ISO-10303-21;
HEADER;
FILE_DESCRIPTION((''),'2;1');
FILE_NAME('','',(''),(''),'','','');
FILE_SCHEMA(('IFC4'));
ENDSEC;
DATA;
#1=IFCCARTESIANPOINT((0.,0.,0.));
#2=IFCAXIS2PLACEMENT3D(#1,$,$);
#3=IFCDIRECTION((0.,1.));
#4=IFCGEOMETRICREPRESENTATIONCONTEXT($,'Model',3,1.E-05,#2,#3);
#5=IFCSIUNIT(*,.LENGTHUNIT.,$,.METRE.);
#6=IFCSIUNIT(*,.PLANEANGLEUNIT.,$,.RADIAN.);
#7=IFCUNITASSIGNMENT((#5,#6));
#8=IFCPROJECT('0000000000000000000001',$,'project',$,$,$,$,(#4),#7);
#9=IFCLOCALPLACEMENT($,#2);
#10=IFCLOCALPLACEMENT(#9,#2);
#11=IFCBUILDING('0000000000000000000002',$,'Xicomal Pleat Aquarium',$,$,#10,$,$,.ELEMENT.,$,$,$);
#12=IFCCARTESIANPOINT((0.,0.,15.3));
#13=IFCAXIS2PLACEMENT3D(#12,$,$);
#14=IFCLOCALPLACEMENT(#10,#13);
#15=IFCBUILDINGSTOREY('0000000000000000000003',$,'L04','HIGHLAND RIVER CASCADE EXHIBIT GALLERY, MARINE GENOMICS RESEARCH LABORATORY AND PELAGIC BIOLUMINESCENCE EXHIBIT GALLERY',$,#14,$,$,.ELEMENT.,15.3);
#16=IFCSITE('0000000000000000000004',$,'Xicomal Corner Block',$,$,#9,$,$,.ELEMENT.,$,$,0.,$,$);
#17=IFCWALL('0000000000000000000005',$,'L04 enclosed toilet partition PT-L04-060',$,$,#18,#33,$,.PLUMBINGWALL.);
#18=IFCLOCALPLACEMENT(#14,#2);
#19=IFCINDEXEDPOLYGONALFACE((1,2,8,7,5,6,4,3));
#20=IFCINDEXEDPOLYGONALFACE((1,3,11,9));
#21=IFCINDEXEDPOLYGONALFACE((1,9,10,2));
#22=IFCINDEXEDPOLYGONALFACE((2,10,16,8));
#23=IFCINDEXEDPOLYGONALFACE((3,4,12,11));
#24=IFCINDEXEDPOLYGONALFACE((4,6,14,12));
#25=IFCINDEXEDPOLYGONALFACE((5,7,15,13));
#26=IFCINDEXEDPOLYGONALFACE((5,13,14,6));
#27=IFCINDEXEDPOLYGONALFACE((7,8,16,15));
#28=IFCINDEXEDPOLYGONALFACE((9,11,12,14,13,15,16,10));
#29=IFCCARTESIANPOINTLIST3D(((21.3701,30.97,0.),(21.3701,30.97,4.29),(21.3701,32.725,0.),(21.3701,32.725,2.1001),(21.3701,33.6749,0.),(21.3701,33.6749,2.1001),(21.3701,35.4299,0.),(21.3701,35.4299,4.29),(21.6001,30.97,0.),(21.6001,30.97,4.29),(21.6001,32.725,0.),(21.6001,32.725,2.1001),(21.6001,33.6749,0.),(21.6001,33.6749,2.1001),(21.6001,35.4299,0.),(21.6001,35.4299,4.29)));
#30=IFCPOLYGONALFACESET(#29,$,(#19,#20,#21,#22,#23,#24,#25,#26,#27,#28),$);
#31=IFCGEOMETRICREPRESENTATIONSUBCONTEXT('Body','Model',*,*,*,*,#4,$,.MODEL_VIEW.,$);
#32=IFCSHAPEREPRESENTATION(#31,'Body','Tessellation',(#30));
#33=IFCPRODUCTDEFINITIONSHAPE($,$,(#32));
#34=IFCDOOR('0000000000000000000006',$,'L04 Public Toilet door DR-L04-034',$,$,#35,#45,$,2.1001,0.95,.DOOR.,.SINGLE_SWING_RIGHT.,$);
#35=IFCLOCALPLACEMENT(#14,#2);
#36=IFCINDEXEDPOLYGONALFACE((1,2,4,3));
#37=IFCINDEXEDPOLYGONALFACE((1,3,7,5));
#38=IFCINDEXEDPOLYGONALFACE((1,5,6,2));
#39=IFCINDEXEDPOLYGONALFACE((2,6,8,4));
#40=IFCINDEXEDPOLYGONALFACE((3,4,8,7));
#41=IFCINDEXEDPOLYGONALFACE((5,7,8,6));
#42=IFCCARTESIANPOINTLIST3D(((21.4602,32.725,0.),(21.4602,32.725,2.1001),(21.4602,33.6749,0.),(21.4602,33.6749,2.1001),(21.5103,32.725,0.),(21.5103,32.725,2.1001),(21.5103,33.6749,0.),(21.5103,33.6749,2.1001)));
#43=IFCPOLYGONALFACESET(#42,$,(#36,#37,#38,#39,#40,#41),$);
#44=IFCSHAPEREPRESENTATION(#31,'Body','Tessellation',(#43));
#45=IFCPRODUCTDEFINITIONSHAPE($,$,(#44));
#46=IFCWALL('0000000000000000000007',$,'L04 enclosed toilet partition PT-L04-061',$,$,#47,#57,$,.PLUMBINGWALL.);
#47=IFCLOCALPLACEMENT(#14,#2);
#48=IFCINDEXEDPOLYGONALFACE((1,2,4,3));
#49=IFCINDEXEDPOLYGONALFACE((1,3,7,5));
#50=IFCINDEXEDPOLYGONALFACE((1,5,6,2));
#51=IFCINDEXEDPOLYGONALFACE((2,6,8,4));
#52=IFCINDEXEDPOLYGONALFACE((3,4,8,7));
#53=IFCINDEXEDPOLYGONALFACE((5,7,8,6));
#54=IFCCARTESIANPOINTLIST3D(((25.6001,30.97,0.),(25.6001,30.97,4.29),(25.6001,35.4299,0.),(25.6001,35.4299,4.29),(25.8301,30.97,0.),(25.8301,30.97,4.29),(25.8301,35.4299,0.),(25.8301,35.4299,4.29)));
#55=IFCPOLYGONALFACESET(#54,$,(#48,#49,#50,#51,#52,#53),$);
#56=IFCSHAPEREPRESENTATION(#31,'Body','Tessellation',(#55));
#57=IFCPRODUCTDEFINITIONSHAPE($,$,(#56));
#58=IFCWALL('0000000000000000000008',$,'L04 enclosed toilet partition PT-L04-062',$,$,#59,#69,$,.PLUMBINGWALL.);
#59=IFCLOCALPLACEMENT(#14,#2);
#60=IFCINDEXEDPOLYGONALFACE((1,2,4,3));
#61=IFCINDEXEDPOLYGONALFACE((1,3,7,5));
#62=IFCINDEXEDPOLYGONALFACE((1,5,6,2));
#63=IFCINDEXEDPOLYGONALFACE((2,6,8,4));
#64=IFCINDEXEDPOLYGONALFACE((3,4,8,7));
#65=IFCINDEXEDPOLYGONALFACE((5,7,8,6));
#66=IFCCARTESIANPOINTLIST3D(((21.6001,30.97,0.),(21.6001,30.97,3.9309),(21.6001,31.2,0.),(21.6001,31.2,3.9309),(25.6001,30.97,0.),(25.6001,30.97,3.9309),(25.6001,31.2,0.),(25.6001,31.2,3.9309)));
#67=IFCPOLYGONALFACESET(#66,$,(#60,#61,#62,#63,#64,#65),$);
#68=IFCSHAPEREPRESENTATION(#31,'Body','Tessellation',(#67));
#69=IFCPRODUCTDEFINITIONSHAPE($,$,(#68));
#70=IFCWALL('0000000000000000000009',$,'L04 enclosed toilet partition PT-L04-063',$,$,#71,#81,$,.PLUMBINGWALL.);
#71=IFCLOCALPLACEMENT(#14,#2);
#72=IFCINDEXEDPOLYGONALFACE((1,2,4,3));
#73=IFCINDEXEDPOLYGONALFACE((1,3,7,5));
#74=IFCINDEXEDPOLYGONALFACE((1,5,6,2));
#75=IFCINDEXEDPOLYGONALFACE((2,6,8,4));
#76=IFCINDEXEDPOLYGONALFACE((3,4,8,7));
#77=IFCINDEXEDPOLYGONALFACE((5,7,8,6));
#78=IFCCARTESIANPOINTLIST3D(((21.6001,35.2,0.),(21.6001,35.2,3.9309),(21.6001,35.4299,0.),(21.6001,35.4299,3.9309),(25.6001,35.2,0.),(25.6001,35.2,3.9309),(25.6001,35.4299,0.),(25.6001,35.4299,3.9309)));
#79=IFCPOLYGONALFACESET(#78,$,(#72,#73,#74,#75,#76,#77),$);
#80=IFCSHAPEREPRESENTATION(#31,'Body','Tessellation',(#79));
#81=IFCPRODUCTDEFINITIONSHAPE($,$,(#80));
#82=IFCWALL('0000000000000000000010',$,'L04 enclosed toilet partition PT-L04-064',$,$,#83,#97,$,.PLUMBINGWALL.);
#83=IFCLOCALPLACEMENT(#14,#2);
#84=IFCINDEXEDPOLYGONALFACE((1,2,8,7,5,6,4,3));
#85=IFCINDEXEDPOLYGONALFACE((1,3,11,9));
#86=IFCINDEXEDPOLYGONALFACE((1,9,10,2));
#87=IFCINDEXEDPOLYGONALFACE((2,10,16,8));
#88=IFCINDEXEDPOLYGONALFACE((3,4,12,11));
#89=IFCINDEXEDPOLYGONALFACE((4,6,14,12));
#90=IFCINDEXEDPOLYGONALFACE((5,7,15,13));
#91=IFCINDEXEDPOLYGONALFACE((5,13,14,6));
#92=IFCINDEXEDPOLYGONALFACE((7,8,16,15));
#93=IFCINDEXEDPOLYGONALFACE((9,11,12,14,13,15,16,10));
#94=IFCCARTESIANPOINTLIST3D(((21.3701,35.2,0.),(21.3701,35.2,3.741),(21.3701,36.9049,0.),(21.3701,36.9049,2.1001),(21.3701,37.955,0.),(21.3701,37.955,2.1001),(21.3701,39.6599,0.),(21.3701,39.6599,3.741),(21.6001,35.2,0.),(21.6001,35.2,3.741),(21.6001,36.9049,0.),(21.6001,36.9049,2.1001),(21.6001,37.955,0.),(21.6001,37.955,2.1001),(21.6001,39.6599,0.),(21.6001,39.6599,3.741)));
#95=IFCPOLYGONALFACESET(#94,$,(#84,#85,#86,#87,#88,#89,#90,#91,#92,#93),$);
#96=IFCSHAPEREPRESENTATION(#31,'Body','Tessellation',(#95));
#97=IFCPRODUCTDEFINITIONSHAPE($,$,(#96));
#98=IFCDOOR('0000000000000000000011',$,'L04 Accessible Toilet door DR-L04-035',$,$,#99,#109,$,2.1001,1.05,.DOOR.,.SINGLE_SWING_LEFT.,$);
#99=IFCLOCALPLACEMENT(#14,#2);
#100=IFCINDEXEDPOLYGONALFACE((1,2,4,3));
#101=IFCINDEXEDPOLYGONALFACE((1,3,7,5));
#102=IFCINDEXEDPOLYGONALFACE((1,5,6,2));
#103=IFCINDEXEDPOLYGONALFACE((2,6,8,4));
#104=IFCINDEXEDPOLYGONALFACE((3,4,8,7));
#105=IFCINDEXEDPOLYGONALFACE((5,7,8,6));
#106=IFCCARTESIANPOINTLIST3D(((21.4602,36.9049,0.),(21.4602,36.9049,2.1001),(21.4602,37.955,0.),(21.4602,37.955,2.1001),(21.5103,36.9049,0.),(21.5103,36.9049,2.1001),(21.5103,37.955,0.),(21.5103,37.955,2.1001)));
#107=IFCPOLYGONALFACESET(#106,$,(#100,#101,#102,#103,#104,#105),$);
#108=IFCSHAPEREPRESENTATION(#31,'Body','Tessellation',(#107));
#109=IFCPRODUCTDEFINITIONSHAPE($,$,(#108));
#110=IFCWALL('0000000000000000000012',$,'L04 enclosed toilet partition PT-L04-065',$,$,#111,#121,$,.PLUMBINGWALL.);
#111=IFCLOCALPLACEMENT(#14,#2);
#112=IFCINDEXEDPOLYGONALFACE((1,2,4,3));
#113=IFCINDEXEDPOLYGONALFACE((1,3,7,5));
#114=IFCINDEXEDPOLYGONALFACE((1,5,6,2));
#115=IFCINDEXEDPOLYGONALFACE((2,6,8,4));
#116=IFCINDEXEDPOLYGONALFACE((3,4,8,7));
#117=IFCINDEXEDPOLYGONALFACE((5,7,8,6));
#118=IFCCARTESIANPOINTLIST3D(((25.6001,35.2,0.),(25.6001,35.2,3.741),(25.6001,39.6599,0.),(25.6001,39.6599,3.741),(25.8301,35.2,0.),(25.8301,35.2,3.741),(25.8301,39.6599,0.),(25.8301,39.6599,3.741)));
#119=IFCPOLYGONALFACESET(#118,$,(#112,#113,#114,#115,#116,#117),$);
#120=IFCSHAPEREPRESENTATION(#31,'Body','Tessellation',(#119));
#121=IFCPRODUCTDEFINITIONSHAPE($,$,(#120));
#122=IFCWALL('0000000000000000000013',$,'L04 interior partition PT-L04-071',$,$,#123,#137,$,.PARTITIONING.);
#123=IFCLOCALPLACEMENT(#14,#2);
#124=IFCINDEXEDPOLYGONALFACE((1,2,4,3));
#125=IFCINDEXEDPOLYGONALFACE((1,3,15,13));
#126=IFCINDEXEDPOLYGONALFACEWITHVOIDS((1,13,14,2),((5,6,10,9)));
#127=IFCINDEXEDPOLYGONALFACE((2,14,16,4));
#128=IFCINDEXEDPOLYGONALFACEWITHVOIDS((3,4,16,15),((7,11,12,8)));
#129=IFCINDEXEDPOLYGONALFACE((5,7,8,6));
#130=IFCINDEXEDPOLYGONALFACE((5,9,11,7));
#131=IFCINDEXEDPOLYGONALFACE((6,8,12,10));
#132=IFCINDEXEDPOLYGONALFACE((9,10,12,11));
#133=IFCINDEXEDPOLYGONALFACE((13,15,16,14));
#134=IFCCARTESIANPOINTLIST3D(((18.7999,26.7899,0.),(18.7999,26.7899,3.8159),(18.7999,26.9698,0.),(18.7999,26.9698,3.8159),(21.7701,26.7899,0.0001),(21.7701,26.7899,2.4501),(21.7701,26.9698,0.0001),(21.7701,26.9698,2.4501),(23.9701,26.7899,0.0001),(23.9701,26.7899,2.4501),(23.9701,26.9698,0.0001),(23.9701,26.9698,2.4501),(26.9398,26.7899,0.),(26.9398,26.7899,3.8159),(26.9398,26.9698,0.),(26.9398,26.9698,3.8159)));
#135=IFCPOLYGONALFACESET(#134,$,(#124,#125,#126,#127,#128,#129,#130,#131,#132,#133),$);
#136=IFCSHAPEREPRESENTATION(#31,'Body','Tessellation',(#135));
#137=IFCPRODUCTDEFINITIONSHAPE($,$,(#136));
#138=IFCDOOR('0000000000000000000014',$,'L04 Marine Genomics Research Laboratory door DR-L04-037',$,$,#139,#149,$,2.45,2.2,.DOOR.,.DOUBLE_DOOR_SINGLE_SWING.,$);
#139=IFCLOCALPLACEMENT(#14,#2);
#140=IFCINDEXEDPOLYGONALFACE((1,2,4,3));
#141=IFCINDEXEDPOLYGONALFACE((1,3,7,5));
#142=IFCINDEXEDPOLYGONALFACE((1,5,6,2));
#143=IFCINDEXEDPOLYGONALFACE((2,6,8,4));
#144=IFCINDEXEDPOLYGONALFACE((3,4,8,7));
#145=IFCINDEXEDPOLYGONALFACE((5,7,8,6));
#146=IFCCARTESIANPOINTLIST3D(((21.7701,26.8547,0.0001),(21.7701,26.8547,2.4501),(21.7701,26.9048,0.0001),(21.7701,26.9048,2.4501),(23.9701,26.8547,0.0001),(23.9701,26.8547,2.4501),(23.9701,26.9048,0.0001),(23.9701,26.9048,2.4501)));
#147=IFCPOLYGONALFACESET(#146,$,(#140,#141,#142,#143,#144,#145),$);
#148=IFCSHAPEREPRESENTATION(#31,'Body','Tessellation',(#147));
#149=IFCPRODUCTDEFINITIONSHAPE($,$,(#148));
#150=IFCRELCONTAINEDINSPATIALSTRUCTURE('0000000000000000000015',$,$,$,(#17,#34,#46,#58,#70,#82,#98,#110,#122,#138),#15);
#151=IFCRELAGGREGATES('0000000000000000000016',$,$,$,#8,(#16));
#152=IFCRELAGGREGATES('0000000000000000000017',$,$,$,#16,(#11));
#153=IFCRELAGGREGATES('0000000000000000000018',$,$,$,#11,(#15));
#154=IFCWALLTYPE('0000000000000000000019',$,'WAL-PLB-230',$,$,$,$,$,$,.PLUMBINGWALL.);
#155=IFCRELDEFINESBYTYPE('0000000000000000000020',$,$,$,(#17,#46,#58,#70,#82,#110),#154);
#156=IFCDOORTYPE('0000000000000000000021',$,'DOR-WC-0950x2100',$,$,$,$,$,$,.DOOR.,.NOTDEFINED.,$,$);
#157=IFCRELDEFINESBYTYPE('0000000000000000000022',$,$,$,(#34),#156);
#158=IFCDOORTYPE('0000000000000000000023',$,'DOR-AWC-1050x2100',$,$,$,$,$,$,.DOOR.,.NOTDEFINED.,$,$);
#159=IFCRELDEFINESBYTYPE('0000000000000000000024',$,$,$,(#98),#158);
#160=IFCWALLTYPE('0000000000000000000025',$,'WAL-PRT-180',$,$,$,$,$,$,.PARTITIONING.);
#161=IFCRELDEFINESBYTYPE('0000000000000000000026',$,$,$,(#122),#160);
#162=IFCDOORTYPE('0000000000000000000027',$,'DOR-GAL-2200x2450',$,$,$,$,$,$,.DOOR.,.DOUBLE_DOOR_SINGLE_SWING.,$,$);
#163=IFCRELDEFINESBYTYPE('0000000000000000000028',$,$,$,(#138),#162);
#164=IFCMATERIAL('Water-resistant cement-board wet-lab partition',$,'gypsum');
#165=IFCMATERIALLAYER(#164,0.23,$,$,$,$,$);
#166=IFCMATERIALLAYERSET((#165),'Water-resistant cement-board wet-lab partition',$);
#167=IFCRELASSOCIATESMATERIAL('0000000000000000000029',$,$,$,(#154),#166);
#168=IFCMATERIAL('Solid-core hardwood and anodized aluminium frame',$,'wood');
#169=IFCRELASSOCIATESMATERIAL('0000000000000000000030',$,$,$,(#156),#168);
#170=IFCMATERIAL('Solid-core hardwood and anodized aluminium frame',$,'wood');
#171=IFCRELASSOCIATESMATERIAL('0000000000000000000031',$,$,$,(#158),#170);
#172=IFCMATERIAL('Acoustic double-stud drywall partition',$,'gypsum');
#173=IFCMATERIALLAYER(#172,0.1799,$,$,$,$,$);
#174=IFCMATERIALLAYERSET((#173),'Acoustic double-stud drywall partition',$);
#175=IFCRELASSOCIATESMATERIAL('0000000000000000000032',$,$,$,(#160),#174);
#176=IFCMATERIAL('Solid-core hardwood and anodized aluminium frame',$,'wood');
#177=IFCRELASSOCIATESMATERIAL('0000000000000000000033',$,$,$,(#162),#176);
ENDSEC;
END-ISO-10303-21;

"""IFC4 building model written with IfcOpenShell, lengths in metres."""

from ifc_helpers import new_model, si_unit, direction, frame, frame_2d, origin, place, context, subcontext, project, spatial, rectangle, extrude, material, layer, layer_set, type_object, element, fill, save


model = new_model("IFC4")

# Units and contexts
model_context = context("Model", 3, precision=1e-05, world=origin(), true_north=direction((0.0, 1.0)))
body_context = subcontext(model_context, "Body", "Model", "MODEL_VIEW")
ifc_project = project(units=[si_unit("LENGTHUNIT", "METRE"), si_unit("PLANEANGLEUNIT", "RADIAN")], contexts=[model_context])

# Site, building, storey
site_placement = place(None, origin())
site = spatial("IfcSite", under=ifc_project, at=site_placement, Name="Xicomal Corner Block", CompositionType="ELEMENT", RefElevation=0.0)
building_placement = place(site_placement, origin())
building = spatial("IfcBuilding", under=site, at=building_placement, Name="Xicomal Pleat Aquarium", CompositionType="ELEMENT")
storey_placement = place(building_placement, frame((0.0, 0.0, 15.3)))
storey = spatial("IfcBuildingStorey", under=building, at=storey_placement, Name="L04", Description="HIGHLAND RIVER CASCADE EXHIBIT GALLERY, MARINE GENOMICS RESEARCH LABORATORY AND PELAGIC BIOLUMINESCENCE EXHIBIT GALLERY", CompositionType="ELEMENT", Elevation=15.3)

# Wall, opening, door
ifc_material_1 = material(Name="Water-resistant cement-board wet-lab partition", Category="gypsum")
ifc_layer_1 = layer(ifc_material_1, 0.23)
ifc_layer_set_1 = layer_set([ifc_layer_1], Name="Water-resistant cement-board wet-lab partition")
wall_type_1 = type_object("IfcWallType", Name="WAL-PLB-230", PredefinedType="PLUMBINGWALL", material=ifc_layer_set_1)
wall_1_placement = place(storey_placement, frame((21.4851, 30.97, 0.0), z_axis=(0.0, 0.0, 1.0), x_axis=(0.0, 1.0, 0.0)))
wall_1 = element("IfcWall", 1, at=wall_1_placement, inside=storey, type_object=wall_type_1, Name="L04 enclosed toilet partition PT-L04-060", PredefinedType="PLUMBINGWALL", context=body_context, shape_type="SweptSolid", body=[
    extrude(rectangle(XDim=4.46, YDim=0.23, at=frame_2d((2.23, 0.0))), origin(), (0.0, 0.0, 1.0), 4.29),
])
opening_1_placement = place(wall_1_placement, frame((1.7549, 0.0, 0.0)))
opening_1 = element("IfcOpeningElement", 2, at=opening_1_placement, cuts=wall_1, PredefinedType="OPENING", context=body_context, shape_type="SweptSolid", body=[
    extrude(rectangle(XDim=0.95, YDim=2.1001, at=frame_2d((0.4751, 1.05))), frame((0.0, 0.125, 0.0), z_axis=(0.0, -1.0, 0.0), x_axis=(1.0, 0.0, 0.0)), (0.0, 0.0, 1.0), 0.25),
])
ifc_material_2 = material(Name="Solid-core hardwood and anodized aluminium frame", Category="wood")
door_type_1 = type_object("IfcDoorType", Name="DOR-WC-0950x2100", OperationType="NOTDEFINED", PredefinedType="DOOR", material=ifc_material_2)
door_1_placement = place(opening_1_placement, origin())
door_1 = element("IfcDoor", 3, at=door_1_placement, inside=storey, type_object=door_type_1, Name="L04 Public Toilet door DR-L04-034", OperationType="SINGLE_SWING_RIGHT", OverallHeight=2.1001, OverallWidth=0.95, PredefinedType="DOOR", context=body_context, shape_type="SweptSolid", body=[
    extrude(rectangle(XDim=0.95, YDim=2.1001, at=frame_2d((0.4751, 1.05))), frame((0.0, 0.0249, 0.0), z_axis=(0.0, -1.0, 0.0), x_axis=(1.0, 0.0, 0.0)), (0.0, 0.0, 1.0), 0.05),
])
fill(opening_1, door_1)

# Walls
wall_2_placement = place(storey_placement, frame((25.7151, 30.97, 0.0), z_axis=(0.0, 0.0, 1.0), x_axis=(0.0, 1.0, 0.0)))
element("IfcWall", 4, at=wall_2_placement, inside=storey, type_object=wall_type_1, Name="L04 enclosed toilet partition PT-L04-061", PredefinedType="PLUMBINGWALL", context=body_context, shape_type="SweptSolid", body=[
    extrude(rectangle(XDim=4.46, YDim=0.23, at=frame_2d((2.23, 0.0))), origin(), (0.0, 0.0, 1.0), 4.29),
])
for number, where, z_axis, x_axis, name in (
    (5, (21.6001, 31.085, 0.0), (0.0, 0.0, 1.0), (1.0, 0.0, 0.0), "L04 enclosed toilet partition PT-L04-062"),
    (6, (21.6001, 35.3149, 0.0), (0.0, 0.0, 1.0), (1.0, 0.0, 0.0), "L04 enclosed toilet partition PT-L04-063"),
):
    element("IfcWall", number, at=place(storey_placement, frame(where, z_axis=z_axis, x_axis=x_axis)), inside=storey, type_object=wall_type_1, Name=name, PredefinedType="PLUMBINGWALL", context=body_context, shape_type="SweptSolid", body=[
        extrude(rectangle(XDim=4.0, YDim=0.23, at=frame_2d((2.0, 0.0))), origin(), (0.0, 0.0, 1.0), 3.9309),
    ])

# Wall, opening, door
wall_3_placement = place(storey_placement, frame((21.4851, 35.2, 0.0), z_axis=(0.0, 0.0, 1.0), x_axis=(0.0, 1.0, 0.0)))
wall_3 = element("IfcWall", 7, at=wall_3_placement, inside=storey, type_object=wall_type_1, Name="L04 enclosed toilet partition PT-L04-064", PredefinedType="PLUMBINGWALL", context=body_context, shape_type="SweptSolid", body=[
    extrude(rectangle(XDim=4.46, YDim=0.23, at=frame_2d((2.23, 0.0))), origin(), (0.0, 0.0, 1.0), 3.741),
])
opening_2_placement = place(wall_3_placement, frame((1.7051, 0.0, 0.0)))
opening_2 = element("IfcOpeningElement", 8, at=opening_2_placement, cuts=wall_3, PredefinedType="OPENING", context=body_context, shape_type="SweptSolid", body=[
    extrude(rectangle(XDim=1.05, YDim=2.1001, at=frame_2d((0.5249, 1.05))), frame((0.0, 0.125, 0.0), z_axis=(0.0, -1.0, 0.0), x_axis=(1.0, 0.0, 0.0)), (0.0, 0.0, 1.0), 0.25),
])
ifc_material_3 = material(Name="Solid-core hardwood and anodized aluminium frame", Category="wood")
door_type_2 = type_object("IfcDoorType", Name="DOR-AWC-1050x2100", OperationType="NOTDEFINED", PredefinedType="DOOR", material=ifc_material_3)
door_2_placement = place(opening_2_placement, origin())
door_2 = element("IfcDoor", 9, at=door_2_placement, inside=storey, type_object=door_type_2, Name="L04 Accessible Toilet door DR-L04-035", OperationType="SINGLE_SWING_LEFT", OverallHeight=2.1001, OverallWidth=1.05, PredefinedType="DOOR", context=body_context, shape_type="SweptSolid", body=[
    extrude(rectangle(XDim=1.05, YDim=2.1001, at=frame_2d((0.5249, 1.05))), frame((0.0, 0.0249, 0.0), z_axis=(0.0, -1.0, 0.0), x_axis=(1.0, 0.0, 0.0)), (0.0, 0.0, 1.0), 0.05),
])
fill(opening_2, door_2)

# Wall
wall_4_placement = place(storey_placement, frame((25.7151, 35.2, 0.0), z_axis=(0.0, 0.0, 1.0), x_axis=(0.0, 1.0, 0.0)))
element("IfcWall", 10, at=wall_4_placement, inside=storey, type_object=wall_type_1, Name="L04 enclosed toilet partition PT-L04-065", PredefinedType="PLUMBINGWALL", context=body_context, shape_type="SweptSolid", body=[
    extrude(rectangle(XDim=4.46, YDim=0.23, at=frame_2d((2.23, 0.0))), origin(), (0.0, 0.0, 1.0), 3.741),
])

# Wall, opening, door
ifc_material_4 = material(Name="Acoustic double-stud drywall partition", Category="gypsum")
ifc_layer_2 = layer(ifc_material_4, 0.1799)
ifc_layer_set_2 = layer_set([ifc_layer_2], Name="Acoustic double-stud drywall partition")
wall_type_2 = type_object("IfcWallType", Name="WAL-PRT-180", PredefinedType="PARTITIONING", material=ifc_layer_set_2)
wall_5_placement = place(storey_placement, frame((18.8, 26.8799, 0.0), z_axis=(0.0, 0.0, 1.0), x_axis=(1.0, 0.0, 0.0)))
wall_5 = element("IfcWall", 11, at=wall_5_placement, inside=storey, type_object=wall_type_2, Name="L04 interior partition PT-L04-071", PredefinedType="PARTITIONING", context=body_context, shape_type="SweptSolid", body=[
    extrude(rectangle(XDim=8.1399, YDim=0.1799, at=frame_2d((4.0698, 0.0))), origin(), (0.0, 0.0, 1.0), 3.8159),
])
opening_3_placement = place(wall_5_placement, frame((2.97, 0.0, 0.0)))
opening_3 = element("IfcOpeningElement", 12, at=opening_3_placement, cuts=wall_5, PredefinedType="OPENING", context=body_context, shape_type="SweptSolid", body=[
    extrude(rectangle(XDim=2.2, YDim=2.45, at=frame_2d((1.1001, 1.2251))), frame((0.0, 0.0999, 0.0), z_axis=(0.0, -1.0, 0.0), x_axis=(1.0, 0.0, 0.0)), (0.0, 0.0, 1.0), 0.2),
])
ifc_material_5 = material(Name="Solid-core hardwood and anodized aluminium frame", Category="wood")
door_type_3 = type_object("IfcDoorType", Name="DOR-GAL-2200x2450", OperationType="DOUBLE_DOOR_SINGLE_SWING", PredefinedType="DOOR", material=ifc_material_5)
door_3_placement = place(opening_3_placement, origin())
door_3 = element("IfcDoor", 13, at=door_3_placement, inside=storey, type_object=door_type_3, Name="L04 Marine Genomics Research Laboratory door DR-L04-037", OperationType="DOUBLE_DOOR_SINGLE_SWING", OverallHeight=2.45, OverallWidth=2.2, PredefinedType="DOOR", context=body_context, shape_type="SweptSolid", body=[
    extrude(rectangle(XDim=2.2, YDim=2.45, at=frame_2d((1.1001, 1.2251))), frame((0.0, 0.0249, 0.0), z_axis=(0.0, -1.0, 0.0), x_axis=(1.0, 0.0, 0.0)), (0.0, 0.0, 1.0), 0.05),
])
fill(opening_3, door_3)

save(model, "model.ifc")
